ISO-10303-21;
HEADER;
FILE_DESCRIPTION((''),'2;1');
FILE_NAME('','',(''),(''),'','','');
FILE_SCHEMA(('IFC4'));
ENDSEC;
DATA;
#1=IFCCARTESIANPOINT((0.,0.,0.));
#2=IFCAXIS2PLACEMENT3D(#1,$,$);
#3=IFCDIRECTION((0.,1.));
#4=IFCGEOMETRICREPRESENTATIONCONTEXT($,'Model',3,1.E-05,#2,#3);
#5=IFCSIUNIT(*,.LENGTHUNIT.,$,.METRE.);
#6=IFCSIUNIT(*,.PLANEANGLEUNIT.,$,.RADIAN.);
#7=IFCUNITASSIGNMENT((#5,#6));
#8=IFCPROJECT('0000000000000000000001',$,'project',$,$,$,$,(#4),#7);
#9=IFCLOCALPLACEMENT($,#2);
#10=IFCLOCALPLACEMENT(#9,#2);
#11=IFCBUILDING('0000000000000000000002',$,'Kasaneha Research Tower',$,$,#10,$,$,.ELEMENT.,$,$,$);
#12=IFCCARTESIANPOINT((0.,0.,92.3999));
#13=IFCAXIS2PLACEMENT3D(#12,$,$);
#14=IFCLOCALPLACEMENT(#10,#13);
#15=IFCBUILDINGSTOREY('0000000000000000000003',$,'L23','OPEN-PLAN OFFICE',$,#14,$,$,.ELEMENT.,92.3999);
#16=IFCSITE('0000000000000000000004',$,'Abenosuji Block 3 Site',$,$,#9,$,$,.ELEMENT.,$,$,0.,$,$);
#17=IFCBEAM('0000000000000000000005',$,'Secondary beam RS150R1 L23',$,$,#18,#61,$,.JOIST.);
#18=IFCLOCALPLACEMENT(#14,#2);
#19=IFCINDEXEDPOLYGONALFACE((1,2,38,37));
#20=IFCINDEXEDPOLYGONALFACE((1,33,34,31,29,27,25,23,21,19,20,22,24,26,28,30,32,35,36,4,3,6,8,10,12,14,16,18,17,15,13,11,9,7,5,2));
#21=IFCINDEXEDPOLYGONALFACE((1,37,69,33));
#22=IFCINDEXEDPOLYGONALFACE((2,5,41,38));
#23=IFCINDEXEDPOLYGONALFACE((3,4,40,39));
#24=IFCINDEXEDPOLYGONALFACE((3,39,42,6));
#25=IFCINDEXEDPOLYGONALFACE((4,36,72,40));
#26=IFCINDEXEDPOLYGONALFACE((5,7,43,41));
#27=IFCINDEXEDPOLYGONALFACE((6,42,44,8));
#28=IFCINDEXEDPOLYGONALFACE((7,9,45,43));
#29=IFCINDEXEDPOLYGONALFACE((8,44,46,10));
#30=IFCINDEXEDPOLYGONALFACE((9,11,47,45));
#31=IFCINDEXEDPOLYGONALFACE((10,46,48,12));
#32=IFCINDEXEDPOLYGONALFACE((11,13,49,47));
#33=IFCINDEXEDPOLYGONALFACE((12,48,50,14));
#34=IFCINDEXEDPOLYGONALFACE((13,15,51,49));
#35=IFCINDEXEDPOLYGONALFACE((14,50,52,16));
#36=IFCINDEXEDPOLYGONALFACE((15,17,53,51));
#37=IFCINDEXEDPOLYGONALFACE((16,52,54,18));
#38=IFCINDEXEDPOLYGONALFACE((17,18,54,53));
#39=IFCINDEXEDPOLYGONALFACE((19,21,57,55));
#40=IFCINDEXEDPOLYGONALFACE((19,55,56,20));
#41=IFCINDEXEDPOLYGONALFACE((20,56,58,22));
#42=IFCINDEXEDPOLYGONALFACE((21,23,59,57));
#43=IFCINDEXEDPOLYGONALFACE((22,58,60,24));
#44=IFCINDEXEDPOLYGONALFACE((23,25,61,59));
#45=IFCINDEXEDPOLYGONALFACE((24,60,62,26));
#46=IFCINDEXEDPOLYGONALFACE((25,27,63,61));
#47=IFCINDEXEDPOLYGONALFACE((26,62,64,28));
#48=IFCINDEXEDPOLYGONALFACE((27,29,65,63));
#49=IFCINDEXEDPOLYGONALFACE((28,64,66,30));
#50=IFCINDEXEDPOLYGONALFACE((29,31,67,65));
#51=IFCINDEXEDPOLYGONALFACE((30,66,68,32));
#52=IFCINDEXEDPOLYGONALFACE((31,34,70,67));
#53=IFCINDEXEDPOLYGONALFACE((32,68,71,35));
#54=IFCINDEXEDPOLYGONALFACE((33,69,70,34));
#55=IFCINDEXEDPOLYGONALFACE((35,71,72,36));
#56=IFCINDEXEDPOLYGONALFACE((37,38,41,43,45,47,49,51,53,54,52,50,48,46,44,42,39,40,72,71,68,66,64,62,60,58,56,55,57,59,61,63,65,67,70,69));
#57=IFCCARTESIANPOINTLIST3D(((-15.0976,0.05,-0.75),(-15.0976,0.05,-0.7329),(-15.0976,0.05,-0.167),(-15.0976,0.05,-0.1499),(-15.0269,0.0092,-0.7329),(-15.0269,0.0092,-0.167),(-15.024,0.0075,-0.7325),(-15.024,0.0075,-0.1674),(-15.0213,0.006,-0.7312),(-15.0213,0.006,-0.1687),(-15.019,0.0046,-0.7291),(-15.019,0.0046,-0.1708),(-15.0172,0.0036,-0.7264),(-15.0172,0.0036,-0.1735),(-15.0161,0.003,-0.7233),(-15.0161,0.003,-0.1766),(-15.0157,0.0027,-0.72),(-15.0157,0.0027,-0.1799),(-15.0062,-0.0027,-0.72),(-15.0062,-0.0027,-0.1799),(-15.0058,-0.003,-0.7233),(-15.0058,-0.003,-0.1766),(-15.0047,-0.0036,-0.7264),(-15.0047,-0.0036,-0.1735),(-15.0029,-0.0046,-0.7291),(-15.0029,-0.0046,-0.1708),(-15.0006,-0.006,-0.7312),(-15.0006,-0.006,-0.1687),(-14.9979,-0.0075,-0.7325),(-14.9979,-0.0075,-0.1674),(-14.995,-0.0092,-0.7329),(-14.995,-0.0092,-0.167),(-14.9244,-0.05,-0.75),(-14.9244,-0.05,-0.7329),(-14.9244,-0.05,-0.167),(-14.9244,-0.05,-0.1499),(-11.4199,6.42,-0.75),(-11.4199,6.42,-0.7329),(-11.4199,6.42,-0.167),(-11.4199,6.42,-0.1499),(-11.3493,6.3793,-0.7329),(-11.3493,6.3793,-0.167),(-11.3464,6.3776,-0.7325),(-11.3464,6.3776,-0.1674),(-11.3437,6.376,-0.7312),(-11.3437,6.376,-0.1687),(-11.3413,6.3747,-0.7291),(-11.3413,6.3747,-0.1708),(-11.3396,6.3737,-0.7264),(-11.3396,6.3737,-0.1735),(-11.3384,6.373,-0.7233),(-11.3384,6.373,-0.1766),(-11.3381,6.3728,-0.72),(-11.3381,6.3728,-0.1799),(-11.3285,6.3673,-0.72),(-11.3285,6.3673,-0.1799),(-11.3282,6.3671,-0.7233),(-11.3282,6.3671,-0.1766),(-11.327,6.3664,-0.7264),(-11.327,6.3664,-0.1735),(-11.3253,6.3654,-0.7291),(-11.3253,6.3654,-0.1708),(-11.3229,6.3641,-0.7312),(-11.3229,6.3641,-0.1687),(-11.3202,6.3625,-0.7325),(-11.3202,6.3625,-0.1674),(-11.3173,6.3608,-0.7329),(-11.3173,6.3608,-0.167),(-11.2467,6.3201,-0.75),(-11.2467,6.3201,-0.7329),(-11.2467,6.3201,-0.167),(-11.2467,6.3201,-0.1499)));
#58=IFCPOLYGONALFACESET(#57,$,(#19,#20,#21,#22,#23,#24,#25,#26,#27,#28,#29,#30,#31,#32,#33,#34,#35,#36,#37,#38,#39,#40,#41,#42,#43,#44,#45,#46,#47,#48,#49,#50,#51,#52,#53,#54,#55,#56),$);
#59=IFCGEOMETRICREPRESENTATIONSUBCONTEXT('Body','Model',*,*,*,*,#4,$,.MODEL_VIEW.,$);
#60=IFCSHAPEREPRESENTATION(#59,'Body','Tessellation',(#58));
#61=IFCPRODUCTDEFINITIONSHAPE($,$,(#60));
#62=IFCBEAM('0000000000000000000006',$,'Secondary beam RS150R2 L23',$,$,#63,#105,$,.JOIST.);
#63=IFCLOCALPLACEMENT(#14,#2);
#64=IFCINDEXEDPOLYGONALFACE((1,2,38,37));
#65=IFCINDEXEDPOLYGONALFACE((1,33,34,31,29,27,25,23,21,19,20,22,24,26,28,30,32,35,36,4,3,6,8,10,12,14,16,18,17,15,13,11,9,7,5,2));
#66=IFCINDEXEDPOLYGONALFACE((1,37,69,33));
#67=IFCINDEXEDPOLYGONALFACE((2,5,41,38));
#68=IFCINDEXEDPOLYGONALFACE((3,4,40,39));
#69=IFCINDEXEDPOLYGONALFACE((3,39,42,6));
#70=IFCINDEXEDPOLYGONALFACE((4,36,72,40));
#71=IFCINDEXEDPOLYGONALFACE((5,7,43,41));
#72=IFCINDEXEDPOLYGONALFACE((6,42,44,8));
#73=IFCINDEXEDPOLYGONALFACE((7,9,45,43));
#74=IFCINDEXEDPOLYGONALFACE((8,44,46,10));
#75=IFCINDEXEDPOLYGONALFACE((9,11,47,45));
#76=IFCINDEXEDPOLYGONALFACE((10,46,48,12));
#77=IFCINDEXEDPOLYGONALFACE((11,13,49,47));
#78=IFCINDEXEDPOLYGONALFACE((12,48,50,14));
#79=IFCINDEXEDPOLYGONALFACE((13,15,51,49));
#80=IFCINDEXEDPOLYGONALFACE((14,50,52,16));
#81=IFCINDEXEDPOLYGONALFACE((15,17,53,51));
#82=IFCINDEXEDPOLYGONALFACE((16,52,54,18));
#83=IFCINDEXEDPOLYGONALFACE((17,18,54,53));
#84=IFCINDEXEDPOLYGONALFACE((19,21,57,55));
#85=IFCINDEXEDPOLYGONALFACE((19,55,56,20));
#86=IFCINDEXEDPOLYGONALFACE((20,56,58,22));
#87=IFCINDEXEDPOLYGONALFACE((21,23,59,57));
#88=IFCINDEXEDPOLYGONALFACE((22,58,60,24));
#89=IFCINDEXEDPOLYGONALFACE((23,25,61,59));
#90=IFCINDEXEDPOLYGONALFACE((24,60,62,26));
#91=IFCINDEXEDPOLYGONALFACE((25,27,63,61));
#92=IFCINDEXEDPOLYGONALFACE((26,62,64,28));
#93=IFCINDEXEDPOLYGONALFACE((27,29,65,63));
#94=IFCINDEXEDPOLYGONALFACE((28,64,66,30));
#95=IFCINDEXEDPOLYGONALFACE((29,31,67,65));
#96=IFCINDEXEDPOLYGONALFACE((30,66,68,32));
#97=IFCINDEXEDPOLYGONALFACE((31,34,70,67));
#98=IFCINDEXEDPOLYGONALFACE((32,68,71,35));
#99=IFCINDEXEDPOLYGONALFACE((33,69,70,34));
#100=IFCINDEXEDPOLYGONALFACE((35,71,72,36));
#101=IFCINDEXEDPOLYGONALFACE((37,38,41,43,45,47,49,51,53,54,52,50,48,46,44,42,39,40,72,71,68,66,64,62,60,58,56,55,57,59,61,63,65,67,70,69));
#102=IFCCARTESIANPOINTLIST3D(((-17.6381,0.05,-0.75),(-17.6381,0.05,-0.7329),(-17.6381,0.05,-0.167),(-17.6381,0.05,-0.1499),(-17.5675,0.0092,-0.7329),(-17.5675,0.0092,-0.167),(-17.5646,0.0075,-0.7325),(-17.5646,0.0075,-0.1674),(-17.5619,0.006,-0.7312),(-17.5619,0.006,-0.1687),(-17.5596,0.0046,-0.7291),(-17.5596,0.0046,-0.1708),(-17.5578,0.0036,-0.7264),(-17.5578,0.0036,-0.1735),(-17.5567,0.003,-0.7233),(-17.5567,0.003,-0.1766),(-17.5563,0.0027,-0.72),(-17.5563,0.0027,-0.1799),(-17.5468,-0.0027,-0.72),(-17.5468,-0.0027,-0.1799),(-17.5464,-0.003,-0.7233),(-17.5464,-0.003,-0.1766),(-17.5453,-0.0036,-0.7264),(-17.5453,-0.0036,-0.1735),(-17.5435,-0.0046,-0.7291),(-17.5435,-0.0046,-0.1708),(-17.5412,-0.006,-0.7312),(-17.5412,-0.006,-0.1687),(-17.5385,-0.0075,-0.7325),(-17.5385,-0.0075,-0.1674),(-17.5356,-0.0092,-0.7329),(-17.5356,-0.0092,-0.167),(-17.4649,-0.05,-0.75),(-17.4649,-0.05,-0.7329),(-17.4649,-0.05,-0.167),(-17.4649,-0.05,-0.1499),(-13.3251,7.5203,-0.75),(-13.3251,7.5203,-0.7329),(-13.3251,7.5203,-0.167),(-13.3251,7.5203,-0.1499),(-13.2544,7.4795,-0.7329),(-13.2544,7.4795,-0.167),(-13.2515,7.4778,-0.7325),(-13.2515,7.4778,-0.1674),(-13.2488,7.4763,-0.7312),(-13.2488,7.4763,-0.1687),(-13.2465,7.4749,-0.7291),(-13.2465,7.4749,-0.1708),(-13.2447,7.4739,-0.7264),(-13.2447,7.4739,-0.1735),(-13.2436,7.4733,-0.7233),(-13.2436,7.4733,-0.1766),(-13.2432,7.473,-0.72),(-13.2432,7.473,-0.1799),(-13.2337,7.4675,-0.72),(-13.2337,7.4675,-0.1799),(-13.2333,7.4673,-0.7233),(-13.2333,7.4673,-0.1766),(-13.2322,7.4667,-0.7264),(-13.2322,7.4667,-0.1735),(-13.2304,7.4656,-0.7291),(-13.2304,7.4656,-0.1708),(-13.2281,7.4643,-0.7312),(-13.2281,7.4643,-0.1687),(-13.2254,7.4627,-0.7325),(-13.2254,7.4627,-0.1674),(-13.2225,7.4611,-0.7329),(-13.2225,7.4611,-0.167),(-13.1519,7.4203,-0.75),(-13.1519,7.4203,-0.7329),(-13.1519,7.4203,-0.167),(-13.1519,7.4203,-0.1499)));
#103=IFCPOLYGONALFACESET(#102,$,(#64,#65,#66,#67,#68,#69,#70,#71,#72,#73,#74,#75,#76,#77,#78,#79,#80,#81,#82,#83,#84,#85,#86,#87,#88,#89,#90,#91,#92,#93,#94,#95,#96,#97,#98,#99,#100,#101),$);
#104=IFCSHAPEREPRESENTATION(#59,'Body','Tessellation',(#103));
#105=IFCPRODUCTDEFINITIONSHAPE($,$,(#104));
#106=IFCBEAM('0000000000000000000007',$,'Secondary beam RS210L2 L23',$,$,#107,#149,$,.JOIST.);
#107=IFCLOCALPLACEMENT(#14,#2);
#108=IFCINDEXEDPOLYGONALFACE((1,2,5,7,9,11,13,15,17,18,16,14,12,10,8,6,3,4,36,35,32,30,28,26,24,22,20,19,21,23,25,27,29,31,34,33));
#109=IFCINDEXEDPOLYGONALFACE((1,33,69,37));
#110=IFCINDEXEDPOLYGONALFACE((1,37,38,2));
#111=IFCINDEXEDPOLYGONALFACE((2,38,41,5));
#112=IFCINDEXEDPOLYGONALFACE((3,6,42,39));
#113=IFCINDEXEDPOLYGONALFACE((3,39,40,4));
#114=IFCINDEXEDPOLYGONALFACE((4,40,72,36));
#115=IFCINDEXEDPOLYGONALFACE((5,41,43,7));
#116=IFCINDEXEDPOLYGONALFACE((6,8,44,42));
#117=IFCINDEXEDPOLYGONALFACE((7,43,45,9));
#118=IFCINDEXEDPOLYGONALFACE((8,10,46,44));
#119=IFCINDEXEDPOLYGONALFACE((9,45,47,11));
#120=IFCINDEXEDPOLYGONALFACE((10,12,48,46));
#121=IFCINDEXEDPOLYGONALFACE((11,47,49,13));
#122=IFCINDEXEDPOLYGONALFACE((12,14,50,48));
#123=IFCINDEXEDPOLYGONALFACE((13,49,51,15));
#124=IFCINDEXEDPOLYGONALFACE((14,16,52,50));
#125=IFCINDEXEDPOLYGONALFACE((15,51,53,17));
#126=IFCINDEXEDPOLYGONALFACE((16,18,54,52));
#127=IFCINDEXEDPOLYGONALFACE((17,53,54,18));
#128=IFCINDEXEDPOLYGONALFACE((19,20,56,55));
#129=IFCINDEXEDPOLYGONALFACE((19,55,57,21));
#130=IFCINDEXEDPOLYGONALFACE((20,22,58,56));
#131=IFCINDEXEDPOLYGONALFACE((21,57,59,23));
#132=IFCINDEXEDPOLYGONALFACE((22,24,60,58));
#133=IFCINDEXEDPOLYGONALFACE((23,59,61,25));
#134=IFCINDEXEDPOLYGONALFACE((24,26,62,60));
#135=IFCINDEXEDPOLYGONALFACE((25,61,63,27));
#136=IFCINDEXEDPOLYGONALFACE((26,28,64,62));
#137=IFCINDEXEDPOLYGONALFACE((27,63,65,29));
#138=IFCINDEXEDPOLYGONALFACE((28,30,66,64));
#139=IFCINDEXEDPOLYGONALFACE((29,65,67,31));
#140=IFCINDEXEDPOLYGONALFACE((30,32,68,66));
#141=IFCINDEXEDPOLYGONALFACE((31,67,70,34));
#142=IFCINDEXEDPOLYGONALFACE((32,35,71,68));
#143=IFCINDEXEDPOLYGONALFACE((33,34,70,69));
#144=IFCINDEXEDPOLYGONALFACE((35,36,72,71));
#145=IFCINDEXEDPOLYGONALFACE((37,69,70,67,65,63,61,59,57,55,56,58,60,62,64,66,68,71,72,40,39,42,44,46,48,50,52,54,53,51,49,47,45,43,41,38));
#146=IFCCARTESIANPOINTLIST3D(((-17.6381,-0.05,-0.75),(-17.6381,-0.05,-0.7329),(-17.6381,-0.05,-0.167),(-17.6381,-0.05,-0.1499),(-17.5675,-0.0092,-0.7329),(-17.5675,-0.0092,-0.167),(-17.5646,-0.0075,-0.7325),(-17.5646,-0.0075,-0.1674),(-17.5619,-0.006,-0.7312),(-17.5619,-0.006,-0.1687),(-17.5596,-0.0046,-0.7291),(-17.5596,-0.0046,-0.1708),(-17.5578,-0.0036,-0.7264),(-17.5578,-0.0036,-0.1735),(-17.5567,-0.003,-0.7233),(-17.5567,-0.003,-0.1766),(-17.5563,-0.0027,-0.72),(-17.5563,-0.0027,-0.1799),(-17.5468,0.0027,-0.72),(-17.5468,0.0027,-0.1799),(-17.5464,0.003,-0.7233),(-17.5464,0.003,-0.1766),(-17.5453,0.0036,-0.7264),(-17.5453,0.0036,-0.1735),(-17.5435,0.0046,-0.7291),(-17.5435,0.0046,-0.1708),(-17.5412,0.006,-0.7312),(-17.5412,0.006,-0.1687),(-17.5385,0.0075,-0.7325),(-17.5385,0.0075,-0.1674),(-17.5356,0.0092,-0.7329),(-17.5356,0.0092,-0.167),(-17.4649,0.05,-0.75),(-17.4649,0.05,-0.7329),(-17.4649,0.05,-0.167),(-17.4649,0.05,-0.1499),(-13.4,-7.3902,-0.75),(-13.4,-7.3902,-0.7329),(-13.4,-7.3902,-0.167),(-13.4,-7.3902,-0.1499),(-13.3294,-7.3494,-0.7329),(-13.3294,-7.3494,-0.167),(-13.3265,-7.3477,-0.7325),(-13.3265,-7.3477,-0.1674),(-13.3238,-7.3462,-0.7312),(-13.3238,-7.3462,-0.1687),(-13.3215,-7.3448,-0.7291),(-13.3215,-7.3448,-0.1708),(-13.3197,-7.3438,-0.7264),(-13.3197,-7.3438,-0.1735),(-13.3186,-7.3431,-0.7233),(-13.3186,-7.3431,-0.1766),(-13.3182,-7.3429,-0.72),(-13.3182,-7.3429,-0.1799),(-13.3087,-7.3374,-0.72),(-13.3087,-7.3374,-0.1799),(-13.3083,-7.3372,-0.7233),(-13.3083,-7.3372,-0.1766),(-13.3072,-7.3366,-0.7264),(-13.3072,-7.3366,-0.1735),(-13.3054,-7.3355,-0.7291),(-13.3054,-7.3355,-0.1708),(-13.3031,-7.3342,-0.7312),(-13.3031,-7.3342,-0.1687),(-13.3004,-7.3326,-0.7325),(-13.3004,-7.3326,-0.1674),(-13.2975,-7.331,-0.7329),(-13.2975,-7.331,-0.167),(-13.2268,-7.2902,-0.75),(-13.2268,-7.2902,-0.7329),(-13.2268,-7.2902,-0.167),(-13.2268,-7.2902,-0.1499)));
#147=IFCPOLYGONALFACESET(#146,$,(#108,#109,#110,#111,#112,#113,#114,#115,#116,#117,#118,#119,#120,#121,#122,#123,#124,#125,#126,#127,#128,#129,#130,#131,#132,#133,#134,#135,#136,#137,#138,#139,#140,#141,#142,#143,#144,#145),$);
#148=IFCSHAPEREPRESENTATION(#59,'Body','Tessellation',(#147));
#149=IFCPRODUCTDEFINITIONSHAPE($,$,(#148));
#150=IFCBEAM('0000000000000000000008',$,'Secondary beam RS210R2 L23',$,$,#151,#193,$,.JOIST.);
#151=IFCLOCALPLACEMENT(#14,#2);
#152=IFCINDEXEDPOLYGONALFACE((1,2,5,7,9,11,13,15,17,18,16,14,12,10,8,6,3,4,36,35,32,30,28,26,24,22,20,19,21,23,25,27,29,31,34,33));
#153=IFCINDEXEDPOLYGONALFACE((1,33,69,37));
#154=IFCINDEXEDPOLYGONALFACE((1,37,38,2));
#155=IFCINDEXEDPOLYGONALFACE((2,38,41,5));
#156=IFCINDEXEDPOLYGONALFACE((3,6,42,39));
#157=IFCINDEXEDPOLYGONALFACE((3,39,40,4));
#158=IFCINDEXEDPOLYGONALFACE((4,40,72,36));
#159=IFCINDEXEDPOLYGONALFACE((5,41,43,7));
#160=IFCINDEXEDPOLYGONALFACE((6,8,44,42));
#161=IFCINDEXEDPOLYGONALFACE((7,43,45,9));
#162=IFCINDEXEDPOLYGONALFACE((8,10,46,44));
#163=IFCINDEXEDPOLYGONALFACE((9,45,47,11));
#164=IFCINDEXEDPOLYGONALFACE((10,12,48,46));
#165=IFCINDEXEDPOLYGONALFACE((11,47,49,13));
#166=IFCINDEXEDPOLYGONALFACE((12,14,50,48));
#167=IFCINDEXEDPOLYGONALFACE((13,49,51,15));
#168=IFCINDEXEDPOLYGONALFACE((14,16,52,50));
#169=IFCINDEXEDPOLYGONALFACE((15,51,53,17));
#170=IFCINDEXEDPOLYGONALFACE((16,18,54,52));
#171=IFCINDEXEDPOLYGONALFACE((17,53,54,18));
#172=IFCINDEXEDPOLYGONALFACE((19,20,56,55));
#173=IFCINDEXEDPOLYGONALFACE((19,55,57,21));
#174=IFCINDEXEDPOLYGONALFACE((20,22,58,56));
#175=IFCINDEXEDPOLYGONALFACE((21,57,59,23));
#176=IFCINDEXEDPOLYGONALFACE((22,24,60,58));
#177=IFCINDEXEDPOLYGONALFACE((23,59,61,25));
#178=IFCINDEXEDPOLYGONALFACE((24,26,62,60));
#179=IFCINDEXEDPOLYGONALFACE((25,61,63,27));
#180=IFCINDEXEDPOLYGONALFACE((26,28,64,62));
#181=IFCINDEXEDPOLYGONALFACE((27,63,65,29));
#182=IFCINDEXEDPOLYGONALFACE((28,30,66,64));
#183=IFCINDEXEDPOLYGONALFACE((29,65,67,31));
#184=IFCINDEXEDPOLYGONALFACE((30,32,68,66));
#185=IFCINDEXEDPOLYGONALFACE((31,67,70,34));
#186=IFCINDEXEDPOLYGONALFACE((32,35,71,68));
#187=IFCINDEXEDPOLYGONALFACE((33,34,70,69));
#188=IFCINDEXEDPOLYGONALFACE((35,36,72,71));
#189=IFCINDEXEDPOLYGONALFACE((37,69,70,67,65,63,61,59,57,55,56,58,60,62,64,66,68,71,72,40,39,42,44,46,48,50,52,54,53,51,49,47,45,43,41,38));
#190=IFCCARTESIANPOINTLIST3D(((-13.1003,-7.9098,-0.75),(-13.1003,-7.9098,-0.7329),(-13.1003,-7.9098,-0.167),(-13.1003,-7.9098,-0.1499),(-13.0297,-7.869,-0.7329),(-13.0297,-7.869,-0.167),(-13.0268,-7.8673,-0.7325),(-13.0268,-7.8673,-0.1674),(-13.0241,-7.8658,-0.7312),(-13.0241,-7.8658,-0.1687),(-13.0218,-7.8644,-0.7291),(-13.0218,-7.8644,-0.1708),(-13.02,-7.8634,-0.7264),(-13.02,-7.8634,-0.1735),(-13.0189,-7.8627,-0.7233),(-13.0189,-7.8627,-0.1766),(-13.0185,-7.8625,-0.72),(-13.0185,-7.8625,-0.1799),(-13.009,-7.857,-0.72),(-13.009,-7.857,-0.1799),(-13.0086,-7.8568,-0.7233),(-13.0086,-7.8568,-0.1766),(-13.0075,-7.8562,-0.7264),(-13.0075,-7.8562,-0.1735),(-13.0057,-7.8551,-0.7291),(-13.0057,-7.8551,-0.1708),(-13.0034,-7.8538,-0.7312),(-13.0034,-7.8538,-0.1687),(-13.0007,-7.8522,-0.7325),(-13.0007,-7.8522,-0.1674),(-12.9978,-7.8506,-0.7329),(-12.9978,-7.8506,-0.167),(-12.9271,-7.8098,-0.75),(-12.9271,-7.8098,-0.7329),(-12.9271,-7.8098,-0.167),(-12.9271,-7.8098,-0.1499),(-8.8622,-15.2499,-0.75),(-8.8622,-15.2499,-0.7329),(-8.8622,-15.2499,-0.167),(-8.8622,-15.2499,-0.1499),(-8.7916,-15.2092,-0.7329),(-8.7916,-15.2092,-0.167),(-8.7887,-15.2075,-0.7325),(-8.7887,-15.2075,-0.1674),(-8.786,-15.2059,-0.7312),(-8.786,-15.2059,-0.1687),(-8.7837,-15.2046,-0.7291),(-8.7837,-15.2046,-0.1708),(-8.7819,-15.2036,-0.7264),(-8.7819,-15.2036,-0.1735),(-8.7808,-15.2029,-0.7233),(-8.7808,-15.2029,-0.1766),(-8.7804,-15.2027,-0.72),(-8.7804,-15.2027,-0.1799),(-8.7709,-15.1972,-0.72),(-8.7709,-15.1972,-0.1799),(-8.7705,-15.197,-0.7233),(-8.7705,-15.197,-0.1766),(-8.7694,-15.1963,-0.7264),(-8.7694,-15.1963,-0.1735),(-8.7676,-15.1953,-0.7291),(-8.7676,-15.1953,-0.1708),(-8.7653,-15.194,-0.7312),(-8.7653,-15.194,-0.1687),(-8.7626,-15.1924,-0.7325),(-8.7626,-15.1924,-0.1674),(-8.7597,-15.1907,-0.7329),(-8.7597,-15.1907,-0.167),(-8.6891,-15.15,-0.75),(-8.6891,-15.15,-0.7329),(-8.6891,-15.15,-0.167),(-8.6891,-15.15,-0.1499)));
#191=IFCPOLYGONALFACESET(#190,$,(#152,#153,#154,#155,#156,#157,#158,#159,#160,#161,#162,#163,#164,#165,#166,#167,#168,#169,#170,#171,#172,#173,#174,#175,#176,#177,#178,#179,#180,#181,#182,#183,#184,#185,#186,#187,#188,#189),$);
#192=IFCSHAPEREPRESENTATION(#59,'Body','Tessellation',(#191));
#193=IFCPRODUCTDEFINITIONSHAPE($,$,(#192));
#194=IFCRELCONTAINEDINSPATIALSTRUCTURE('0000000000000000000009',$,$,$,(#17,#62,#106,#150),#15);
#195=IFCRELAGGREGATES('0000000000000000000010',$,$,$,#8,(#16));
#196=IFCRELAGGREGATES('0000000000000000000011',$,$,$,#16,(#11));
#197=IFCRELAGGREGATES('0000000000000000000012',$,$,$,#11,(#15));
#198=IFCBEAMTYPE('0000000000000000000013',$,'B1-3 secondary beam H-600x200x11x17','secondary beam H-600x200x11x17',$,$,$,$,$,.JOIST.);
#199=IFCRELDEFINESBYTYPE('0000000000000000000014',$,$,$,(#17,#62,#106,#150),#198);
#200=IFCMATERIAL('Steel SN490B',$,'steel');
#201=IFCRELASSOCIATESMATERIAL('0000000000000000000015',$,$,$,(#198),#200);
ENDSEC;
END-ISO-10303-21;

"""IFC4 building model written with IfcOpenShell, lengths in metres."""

from ifc_helpers import new_model, si_unit, direction, frame, origin, origin_2d, place, context, subcontext, project, spatial, i_section, extrude, material, material_profile, profile_set, type_object, element, save


model = new_model("IFC4")

# Units and contexts
model_context = context("Model", 3, precision=1e-05, world=origin(), true_north=direction((0.0, 1.0)))
body_context = subcontext(model_context, "Body", "Model", "MODEL_VIEW")
ifc_project = project(units=[si_unit("LENGTHUNIT", "METRE"), si_unit("PLANEANGLEUNIT", "RADIAN")], contexts=[model_context])

# Site, building, storey
site_placement = place(None, origin())
site = spatial("IfcSite", under=ifc_project, at=site_placement, Name="Abenosuji Block 3 Site", CompositionType="ELEMENT", RefElevation=0.0)
building_placement = place(site_placement, origin())
building = spatial("IfcBuilding", under=site, at=building_placement, Name="Kasaneha Research Tower", CompositionType="ELEMENT")
storey_placement = place(building_placement, frame((0.0, 0.0, 92.3999)))
storey = spatial("IfcBuildingStorey", under=building, at=storey_placement, Name="L23", Description="OPEN-PLAN OFFICE", CompositionType="ELEMENT", Elevation=92.3999)

# Beams
ifc_material_1 = material(Name="Steel SN490B", Category="steel")
ifc_material_profile = material_profile(ifc_material_1, i_section(OverallWidth=0.2, OverallDepth=0.6001, WebThickness=0.011, FlangeThickness=0.0171, FilletRadius=0.0129, at=origin_2d()), Name="H-600x200x11x17")
ifc_profile_set = profile_set([ifc_material_profile], Name="Steel SN490B")
beam_type = type_object("IfcBeamType", Name="B1-3 secondary beam H-600x200x11x17", Description="secondary beam H-600x200x11x17", PredefinedType="JOIST", material=ifc_profile_set)
beam_1_placement = place(storey_placement, frame((-15.011, 0.0, -0.45), z_axis=(0.499994, 0.866029, 0.0), x_axis=(-0.866029, 0.499994, 0.0)))
element("IfcBeam", 1, at=beam_1_placement, inside=storey, type_object=beam_type, Name="Secondary beam RS150R1 L23", PredefinedType="JOIST", context=body_context, shape_type="SweptSolid", body=[
    extrude(i_section(OverallWidth=0.2, OverallDepth=0.6001, WebThickness=0.011, FlangeThickness=0.0171, FilletRadius=0.0129, at=origin_2d()), origin(), (0.0, 0.0, 1.0), 7.3555),
])
beam_2_placement = place(storey_placement, frame((-17.5515, 0.0, -0.45), z_axis=(0.500005, 0.866023, 0.0), x_axis=(-0.866023, 0.500005, 0.0)))
element("IfcBeam", 2, at=beam_2_placement, inside=storey, type_object=beam_type, Name="Secondary beam RS150R2 L23", PredefinedType="JOIST", context=body_context, shape_type="SweptSolid", body=[
    extrude(i_section(OverallWidth=0.2, OverallDepth=0.6001, WebThickness=0.011, FlangeThickness=0.0171, FilletRadius=0.0129, at=origin_2d()), origin(), (0.0, 0.0, 1.0), 8.626),
])
for number, where, z_axis, x_axis, name in (
    (3, (-17.5515, 0.0, -0.45), (0.500021, -0.866013, 0.0), (0.866013, 0.500021, 0.0), "Secondary beam RS210L2 L23"),
    (4, (-8.7756, -15.2, -0.45), (-0.500021, 0.866013, 0.0), (-0.866013, -0.500021, 0.0), "Secondary beam RS210R2 L23"),
):
    element("IfcBeam", number, at=place(storey_placement, frame(where, z_axis=z_axis, x_axis=x_axis)), inside=storey, type_object=beam_type, Name=name, PredefinedType="JOIST", context=body_context, shape_type="SweptSolid", body=[
        extrude(i_section(OverallWidth=0.2, OverallDepth=0.6001, WebThickness=0.011, FlangeThickness=0.0171, FilletRadius=0.0129, at=origin_2d()), origin(), (0.0, 0.0, 1.0), 8.4758),
    ])

save(model, "model.ifc")
